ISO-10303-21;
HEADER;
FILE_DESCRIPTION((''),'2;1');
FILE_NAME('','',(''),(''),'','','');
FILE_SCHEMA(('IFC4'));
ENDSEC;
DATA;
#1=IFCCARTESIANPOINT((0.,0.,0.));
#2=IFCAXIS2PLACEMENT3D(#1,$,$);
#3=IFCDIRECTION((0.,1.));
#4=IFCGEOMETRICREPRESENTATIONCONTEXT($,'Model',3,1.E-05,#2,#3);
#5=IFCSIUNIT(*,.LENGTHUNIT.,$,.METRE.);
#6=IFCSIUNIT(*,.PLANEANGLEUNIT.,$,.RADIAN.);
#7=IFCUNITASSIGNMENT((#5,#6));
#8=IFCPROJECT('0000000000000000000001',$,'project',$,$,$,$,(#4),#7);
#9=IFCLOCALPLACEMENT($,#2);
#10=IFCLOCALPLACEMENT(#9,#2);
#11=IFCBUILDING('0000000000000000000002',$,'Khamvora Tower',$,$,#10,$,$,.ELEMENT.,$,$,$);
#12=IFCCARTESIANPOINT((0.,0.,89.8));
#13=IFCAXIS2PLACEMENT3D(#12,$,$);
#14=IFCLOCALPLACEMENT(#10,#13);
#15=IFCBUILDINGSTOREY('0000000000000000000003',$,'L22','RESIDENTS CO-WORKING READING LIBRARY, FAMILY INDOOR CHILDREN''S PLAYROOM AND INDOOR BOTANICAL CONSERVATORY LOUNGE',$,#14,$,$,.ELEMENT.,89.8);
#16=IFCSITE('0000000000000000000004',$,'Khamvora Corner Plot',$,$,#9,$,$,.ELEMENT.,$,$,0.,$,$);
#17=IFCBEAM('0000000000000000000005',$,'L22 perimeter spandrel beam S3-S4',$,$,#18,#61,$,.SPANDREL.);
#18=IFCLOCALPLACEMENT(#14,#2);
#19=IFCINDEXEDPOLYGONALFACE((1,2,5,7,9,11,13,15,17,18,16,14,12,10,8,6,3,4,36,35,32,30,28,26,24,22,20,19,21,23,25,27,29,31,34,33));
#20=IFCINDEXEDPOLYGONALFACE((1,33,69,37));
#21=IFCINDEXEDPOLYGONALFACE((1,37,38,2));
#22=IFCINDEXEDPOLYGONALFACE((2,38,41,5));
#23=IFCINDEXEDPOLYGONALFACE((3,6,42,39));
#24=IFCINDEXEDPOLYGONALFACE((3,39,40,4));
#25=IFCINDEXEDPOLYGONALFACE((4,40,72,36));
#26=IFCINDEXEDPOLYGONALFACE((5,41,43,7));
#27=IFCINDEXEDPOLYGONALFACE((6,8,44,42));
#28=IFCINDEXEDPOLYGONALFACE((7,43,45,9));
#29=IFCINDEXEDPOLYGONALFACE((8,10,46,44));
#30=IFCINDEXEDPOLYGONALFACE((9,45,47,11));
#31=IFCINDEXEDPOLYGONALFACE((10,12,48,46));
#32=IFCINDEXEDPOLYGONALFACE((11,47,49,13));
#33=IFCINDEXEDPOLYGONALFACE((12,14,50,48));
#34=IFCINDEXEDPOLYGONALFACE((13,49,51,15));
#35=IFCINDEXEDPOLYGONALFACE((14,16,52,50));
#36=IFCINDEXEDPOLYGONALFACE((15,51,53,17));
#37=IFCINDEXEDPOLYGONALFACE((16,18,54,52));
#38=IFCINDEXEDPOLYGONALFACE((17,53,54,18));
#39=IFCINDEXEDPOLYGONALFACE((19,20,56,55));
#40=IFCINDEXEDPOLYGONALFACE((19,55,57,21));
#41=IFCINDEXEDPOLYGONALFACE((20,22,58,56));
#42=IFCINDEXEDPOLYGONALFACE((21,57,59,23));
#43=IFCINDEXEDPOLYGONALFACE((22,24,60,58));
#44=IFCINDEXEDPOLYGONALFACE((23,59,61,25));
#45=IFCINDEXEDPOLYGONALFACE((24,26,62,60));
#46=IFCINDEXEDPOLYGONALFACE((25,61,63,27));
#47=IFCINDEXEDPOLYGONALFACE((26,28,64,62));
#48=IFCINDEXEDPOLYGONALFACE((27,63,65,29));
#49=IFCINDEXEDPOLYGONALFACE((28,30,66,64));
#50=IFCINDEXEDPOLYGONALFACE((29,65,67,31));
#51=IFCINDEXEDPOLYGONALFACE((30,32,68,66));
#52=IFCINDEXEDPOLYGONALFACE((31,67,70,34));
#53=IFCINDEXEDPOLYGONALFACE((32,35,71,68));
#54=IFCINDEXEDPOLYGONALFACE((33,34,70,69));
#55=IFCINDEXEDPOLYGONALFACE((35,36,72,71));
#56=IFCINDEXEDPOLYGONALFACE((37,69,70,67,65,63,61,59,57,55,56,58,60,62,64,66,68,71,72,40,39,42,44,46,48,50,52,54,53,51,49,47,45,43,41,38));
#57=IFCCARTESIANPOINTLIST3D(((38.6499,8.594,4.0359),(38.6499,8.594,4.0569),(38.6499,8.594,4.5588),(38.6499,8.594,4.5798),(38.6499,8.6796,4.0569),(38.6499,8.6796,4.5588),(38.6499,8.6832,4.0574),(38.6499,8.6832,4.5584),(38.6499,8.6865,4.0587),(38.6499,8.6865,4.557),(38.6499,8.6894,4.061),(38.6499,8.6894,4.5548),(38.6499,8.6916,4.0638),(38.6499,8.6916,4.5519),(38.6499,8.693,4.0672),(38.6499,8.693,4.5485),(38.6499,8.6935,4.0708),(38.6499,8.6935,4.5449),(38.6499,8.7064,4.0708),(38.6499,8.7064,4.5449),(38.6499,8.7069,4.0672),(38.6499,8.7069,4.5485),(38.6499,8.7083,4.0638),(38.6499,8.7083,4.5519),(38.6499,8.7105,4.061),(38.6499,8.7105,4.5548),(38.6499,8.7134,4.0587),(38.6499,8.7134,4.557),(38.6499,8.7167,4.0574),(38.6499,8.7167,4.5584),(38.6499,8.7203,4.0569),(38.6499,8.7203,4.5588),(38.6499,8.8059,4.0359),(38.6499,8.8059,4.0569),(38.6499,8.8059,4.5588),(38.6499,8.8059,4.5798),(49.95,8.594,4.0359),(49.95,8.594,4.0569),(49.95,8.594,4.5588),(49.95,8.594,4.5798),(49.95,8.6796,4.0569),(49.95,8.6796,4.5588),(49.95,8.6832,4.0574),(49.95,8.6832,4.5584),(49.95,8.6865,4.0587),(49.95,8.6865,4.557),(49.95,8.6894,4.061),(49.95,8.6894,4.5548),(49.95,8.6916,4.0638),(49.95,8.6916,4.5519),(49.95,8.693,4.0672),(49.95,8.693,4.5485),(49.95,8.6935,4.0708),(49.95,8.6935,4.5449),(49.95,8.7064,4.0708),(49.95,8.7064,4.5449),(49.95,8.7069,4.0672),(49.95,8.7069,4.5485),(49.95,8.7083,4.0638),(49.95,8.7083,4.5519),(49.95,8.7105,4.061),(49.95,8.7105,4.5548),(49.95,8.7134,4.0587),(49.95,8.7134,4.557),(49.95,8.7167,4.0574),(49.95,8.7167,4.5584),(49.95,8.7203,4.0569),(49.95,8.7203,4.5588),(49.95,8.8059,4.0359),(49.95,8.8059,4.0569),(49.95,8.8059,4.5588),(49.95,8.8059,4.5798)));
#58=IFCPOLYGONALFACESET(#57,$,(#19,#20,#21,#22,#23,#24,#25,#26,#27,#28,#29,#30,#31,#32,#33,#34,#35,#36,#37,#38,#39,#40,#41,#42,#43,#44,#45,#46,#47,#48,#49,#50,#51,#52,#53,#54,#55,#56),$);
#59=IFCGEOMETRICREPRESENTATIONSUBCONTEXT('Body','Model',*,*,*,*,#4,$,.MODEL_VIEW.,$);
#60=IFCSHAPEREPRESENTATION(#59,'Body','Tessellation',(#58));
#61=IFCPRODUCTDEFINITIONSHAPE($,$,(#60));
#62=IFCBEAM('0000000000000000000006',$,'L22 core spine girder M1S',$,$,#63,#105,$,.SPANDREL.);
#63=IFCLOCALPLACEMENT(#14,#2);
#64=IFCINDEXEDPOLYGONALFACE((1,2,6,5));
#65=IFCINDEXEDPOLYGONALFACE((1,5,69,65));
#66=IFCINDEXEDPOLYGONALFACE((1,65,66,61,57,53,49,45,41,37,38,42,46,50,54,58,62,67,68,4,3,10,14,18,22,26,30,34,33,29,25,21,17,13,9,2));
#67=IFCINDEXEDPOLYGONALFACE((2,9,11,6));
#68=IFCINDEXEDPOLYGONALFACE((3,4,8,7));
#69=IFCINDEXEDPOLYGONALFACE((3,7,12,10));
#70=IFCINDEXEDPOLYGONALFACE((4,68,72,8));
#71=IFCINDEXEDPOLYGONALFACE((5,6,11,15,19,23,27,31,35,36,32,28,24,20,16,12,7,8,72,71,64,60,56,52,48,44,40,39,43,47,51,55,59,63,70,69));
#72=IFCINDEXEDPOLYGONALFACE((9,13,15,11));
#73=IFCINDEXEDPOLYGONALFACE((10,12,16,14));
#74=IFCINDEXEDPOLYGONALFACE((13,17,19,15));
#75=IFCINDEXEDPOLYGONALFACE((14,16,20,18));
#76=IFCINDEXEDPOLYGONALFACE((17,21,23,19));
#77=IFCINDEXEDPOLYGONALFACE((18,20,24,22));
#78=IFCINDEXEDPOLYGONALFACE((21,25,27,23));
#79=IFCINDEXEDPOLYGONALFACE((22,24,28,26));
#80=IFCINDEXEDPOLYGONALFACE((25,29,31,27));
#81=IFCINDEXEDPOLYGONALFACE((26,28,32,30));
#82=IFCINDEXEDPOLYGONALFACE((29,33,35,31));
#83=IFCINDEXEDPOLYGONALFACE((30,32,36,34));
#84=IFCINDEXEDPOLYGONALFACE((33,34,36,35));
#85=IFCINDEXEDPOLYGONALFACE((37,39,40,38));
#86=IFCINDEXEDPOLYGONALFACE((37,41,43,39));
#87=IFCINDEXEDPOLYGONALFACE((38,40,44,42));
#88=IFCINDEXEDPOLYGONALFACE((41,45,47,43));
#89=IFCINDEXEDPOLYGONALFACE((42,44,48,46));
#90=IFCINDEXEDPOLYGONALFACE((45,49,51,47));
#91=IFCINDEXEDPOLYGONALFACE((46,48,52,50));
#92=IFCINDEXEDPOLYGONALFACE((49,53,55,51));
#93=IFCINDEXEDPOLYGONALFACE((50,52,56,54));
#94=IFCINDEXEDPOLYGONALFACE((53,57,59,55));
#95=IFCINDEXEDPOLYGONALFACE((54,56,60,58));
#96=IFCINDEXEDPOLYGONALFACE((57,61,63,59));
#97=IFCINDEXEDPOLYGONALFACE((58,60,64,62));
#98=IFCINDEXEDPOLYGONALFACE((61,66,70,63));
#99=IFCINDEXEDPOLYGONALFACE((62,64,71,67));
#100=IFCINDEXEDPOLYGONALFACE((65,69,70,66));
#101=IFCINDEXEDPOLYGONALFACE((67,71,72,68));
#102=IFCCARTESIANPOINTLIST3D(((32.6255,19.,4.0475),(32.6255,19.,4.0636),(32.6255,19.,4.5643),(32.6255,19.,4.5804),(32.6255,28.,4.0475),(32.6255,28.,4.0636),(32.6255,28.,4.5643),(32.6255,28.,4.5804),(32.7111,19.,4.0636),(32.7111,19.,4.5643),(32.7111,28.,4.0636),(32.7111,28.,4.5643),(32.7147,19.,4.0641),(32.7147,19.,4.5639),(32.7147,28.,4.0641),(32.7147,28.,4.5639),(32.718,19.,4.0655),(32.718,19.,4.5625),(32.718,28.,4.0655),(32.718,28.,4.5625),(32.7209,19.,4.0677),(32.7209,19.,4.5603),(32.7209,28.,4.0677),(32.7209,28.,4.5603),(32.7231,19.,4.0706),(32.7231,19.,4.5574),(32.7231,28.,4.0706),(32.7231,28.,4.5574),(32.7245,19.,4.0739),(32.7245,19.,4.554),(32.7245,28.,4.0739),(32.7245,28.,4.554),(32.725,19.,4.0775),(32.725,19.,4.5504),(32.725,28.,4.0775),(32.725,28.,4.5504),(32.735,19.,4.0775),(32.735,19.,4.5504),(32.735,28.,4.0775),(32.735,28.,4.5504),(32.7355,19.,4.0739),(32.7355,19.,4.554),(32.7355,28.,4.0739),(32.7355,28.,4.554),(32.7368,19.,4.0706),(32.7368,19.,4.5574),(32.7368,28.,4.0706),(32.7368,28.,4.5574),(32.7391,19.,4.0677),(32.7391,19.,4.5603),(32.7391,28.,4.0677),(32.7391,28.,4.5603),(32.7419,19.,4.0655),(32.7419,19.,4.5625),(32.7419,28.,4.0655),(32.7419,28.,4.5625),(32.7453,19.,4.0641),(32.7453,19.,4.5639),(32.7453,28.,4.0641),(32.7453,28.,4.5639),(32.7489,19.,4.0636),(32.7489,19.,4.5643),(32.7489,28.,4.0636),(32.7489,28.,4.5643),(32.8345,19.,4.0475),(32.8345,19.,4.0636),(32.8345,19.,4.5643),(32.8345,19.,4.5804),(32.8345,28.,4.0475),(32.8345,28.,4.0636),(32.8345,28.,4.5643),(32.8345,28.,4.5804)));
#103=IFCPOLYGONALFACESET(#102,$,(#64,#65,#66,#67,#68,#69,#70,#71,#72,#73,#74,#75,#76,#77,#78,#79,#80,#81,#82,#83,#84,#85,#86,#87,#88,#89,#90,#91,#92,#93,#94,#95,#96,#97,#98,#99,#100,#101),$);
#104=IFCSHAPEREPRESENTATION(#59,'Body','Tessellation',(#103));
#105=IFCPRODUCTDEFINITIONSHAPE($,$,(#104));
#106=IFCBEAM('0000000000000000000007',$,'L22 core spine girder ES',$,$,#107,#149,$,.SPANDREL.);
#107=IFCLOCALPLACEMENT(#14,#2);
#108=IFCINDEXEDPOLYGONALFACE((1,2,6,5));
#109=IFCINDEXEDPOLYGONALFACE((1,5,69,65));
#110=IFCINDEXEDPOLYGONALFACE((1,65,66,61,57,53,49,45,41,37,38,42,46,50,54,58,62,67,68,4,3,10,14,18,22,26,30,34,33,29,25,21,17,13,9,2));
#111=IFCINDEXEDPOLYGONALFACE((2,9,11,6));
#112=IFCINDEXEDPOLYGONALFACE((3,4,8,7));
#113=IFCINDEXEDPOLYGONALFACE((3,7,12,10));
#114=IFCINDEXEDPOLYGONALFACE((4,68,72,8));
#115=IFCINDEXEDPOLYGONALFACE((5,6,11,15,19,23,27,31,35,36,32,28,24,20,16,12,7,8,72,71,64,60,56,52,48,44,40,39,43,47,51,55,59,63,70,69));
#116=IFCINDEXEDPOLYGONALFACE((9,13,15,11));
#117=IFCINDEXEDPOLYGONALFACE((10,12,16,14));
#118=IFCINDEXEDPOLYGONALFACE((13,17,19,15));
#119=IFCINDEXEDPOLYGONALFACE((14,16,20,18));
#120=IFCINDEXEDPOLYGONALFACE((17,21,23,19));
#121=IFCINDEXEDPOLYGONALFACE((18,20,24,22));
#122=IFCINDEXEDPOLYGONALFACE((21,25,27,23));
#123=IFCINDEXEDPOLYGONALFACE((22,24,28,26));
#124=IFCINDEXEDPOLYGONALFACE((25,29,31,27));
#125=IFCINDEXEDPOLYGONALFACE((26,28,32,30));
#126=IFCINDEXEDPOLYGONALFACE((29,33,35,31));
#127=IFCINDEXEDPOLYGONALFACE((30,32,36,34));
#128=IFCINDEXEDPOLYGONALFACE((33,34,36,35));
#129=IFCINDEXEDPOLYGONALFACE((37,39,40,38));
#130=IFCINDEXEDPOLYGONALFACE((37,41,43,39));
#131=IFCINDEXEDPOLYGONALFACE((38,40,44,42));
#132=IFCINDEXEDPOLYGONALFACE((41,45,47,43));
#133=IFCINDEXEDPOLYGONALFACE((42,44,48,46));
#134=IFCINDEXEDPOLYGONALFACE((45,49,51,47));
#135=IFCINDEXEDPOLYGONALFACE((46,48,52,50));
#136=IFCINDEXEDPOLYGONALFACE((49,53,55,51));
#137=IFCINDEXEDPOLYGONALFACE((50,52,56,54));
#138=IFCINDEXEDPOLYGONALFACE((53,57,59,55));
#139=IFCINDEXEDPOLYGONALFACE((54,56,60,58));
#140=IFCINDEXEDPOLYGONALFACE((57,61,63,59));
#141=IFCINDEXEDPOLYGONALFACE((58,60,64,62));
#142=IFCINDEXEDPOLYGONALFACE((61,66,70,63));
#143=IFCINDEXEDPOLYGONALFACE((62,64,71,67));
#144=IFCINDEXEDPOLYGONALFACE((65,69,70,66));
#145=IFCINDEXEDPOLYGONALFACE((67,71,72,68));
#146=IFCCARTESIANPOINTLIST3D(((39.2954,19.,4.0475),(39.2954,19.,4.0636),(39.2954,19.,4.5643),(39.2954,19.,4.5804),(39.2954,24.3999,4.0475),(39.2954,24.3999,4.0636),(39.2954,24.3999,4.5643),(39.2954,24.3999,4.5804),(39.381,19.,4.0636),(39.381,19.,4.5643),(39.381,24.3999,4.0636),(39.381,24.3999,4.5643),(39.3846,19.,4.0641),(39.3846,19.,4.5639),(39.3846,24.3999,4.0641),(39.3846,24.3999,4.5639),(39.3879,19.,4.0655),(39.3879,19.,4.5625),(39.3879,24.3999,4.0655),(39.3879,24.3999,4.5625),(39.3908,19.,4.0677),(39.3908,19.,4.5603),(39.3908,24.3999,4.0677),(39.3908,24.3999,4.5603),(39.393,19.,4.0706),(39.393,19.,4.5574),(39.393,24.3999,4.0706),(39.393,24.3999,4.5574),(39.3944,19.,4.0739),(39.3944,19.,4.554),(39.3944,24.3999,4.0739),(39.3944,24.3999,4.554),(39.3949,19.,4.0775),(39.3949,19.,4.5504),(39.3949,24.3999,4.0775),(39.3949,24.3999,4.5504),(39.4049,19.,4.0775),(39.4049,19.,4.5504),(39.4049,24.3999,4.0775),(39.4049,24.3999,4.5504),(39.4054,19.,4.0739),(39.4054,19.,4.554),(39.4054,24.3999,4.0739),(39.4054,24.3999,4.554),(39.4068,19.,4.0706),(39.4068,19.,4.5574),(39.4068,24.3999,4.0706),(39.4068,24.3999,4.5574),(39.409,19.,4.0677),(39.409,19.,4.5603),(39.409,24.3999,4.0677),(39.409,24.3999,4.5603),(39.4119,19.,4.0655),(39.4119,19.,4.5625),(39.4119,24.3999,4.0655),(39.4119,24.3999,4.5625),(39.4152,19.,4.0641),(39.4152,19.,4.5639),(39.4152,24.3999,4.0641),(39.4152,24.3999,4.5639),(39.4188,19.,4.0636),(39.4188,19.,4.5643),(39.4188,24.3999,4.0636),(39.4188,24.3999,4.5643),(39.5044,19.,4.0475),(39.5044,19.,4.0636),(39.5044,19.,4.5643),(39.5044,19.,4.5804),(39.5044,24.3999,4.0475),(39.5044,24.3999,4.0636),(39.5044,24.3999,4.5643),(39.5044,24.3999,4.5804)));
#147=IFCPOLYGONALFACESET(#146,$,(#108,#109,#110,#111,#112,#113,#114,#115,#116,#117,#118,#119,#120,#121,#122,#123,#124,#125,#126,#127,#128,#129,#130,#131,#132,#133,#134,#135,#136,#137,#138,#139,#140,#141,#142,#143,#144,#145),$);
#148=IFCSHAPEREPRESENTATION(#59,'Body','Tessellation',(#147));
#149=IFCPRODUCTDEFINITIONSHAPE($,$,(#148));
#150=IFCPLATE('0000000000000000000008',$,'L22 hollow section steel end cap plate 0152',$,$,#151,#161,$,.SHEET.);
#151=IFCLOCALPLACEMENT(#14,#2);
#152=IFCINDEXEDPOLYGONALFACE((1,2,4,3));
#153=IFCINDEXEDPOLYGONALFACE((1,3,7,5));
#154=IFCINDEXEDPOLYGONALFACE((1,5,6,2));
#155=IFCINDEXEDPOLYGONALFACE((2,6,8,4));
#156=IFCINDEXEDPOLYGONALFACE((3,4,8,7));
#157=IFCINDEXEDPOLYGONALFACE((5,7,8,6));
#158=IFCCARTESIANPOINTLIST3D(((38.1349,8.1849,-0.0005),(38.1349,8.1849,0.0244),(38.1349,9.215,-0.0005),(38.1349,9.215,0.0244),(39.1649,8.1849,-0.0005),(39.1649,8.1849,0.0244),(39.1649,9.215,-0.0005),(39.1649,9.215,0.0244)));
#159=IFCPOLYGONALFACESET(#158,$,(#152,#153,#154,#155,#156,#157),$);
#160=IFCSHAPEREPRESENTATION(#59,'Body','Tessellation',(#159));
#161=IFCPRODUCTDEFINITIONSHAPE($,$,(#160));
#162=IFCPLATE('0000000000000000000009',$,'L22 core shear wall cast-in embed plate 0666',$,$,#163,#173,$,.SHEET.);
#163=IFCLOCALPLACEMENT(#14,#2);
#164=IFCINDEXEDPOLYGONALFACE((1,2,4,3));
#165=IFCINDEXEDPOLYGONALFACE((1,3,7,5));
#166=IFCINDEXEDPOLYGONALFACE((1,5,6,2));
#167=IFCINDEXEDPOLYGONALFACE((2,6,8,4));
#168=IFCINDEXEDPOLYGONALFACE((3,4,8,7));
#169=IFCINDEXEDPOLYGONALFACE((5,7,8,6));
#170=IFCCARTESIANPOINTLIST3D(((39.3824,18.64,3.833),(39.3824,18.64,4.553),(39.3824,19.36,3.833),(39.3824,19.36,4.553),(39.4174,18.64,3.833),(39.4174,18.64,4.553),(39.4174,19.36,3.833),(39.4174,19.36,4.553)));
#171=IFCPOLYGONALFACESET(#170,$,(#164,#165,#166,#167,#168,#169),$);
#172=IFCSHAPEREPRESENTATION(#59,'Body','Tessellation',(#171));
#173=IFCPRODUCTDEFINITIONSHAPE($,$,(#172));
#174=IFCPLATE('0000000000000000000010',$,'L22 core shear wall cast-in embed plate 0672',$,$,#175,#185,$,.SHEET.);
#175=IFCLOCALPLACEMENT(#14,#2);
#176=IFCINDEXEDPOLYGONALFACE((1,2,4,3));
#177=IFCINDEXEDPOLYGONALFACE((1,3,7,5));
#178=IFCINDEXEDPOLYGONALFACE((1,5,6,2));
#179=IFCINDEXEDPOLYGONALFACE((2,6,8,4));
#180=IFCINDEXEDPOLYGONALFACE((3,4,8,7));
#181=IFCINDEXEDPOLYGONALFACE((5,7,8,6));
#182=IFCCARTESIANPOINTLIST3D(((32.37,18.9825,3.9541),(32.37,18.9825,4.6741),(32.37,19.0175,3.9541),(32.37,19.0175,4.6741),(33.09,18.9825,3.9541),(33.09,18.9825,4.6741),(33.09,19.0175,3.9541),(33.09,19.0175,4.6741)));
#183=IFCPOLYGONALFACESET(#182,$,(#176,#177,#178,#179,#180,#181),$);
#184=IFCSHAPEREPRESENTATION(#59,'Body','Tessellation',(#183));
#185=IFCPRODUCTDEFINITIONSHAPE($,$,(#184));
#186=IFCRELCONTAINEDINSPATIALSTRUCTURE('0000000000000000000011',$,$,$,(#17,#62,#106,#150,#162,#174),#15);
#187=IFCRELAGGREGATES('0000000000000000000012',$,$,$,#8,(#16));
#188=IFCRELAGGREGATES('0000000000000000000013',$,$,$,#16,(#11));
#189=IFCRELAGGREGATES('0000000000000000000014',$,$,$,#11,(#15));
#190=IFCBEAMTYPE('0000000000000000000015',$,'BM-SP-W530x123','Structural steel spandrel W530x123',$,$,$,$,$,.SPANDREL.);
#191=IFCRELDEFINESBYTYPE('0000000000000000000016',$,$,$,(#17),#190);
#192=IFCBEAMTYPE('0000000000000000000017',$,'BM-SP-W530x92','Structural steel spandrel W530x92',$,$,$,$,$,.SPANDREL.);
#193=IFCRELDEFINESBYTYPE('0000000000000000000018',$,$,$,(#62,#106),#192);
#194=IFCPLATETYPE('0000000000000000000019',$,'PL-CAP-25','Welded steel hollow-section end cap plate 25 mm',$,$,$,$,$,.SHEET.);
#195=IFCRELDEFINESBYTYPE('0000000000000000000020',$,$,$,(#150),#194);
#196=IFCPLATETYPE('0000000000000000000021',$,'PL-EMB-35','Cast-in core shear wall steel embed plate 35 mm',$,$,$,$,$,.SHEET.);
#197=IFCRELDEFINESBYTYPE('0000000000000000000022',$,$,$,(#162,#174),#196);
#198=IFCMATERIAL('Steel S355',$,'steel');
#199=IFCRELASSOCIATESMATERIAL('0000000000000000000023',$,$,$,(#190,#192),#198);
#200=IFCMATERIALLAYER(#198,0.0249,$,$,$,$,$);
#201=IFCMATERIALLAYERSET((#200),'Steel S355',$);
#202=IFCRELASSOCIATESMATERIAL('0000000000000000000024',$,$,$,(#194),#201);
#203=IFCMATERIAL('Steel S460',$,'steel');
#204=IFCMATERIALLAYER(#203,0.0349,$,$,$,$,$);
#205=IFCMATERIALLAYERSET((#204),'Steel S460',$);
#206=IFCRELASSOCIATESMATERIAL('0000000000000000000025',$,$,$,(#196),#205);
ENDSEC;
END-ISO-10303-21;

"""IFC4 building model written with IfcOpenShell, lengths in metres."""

from ifc_helpers import new_model, si_unit, direction, frame, origin, origin_2d, place, context, subcontext, project, spatial, rectangle, i_section, extrude, material, layer, layer_set, material_profile, profile_set, type_object, element, save


model = new_model("IFC4")

# Units and contexts
model_context = context("Model", 3, precision=1e-05, world=origin(), true_north=direction((0.0, 1.0)))
body_context = subcontext(model_context, "Body", "Model", "MODEL_VIEW")
ifc_project = project(units=[si_unit("LENGTHUNIT", "METRE"), si_unit("PLANEANGLEUNIT", "RADIAN")], contexts=[model_context])

# Site, building, storey
site_placement = place(None, origin())
site = spatial("IfcSite", under=ifc_project, at=site_placement, Name="Khamvora Corner Plot", CompositionType="ELEMENT", RefElevation=0.0)
building_placement = place(site_placement, origin())
building = spatial("IfcBuilding", under=site, at=building_placement, Name="Khamvora Tower", CompositionType="ELEMENT")
storey_placement = place(building_placement, frame((0.0, 0.0, 89.8)))
storey = spatial("IfcBuildingStorey", under=building, at=storey_placement, Name="L22", Description="RESIDENTS CO-WORKING READING LIBRARY, FAMILY INDOOR CHILDREN'S PLAYROOM AND INDOOR BOTANICAL CONSERVATORY LOUNGE", CompositionType="ELEMENT", Elevation=89.8)

# Shared definitions
ifc_material_1 = material(Name="Steel S355", Category="steel")
ifc_material_2 = material(Name="Steel S460", Category="steel")

# Beams
ifc_material_profile_1 = material_profile(ifc_material_1, i_section(OverallWidth=0.2119, OverallDepth=0.5439, WebThickness=0.0129, FlangeThickness=0.021, FilletRadius=0.0139, at=origin_2d()), Name="W530x123")
ifc_profile_set_1 = profile_set([ifc_material_profile_1], Name="Steel S355")
beam_type_1 = type_object("IfcBeamType", Name="BM-SP-W530x123", Description="Structural steel spandrel W530x123", PredefinedType="SPANDREL", material=ifc_profile_set_1)
beam_1_placement = place(storey_placement, frame((38.6499, 8.7, 4.3079), z_axis=(1.0, 0.0, 0.0), x_axis=(0.0, 1.0, 0.0)))
element("IfcBeam", 1, at=beam_1_placement, inside=storey, type_object=beam_type_1, Name="L22 perimeter spandrel beam S3-S4", PredefinedType="SPANDREL", context=body_context, shape_type="SweptSolid", body=[
    extrude(i_section(OverallWidth=0.2119, OverallDepth=0.5439, WebThickness=0.0129, FlangeThickness=0.021, FilletRadius=0.0139, at=origin_2d()), origin(), (0.0, 0.0, 1.0), 11.3),
])
ifc_material_profile_2 = material_profile(ifc_material_1, i_section(OverallWidth=0.209, OverallDepth=0.533, WebThickness=0.01, FlangeThickness=0.0161, FilletRadius=0.0139, at=origin_2d()), Name="W530x92")
ifc_profile_set_2 = profile_set([ifc_material_profile_2], Name="Steel S355")
beam_type_2 = type_object("IfcBeamType", Name="BM-SP-W530x92", Description="Structural steel spandrel W530x92", PredefinedType="SPANDREL", material=ifc_profile_set_2)
beam_2_placement = place(storey_placement, frame((32.73, 19.0, 4.314), z_axis=(0.0, 1.0, 0.0), x_axis=(-1.0, 0.0, 0.0)))
element("IfcBeam", 2, at=beam_2_placement, inside=storey, type_object=beam_type_2, Name="L22 core spine girder M1S", PredefinedType="SPANDREL", context=body_context, shape_type="SweptSolid", body=[
    extrude(i_section(OverallWidth=0.209, OverallDepth=0.533, WebThickness=0.01, FlangeThickness=0.0161, FilletRadius=0.0139, at=origin_2d()), origin(), (0.0, 0.0, 1.0), 9.0),
])
beam_3_placement = place(storey_placement, frame((39.3999, 19.0, 4.314), z_axis=(0.0, 1.0, 0.0), x_axis=(-1.0, 0.0, 0.0)))
element("IfcBeam", 3, at=beam_3_placement, inside=storey, type_object=beam_type_2, Name="L22 core spine girder ES", PredefinedType="SPANDREL", context=body_context, shape_type="SweptSolid", body=[
    extrude(i_section(OverallWidth=0.209, OverallDepth=0.533, WebThickness=0.01, FlangeThickness=0.0161, FilletRadius=0.0139, at=origin_2d()), origin(), (0.0, 0.0, 1.0), 5.3999),
])

# Plates
ifc_layer_1 = layer(ifc_material_1, 0.0249)
ifc_layer_set_1 = layer_set([ifc_layer_1], Name="Steel S355")
plate_type_1 = type_object("IfcPlateType", Name="PL-CAP-25", Description="Welded steel hollow-section end cap plate 25 mm", PredefinedType="SHEET", material=ifc_layer_set_1)
plate_1_placement = place(storey_placement, frame((38.6499, 8.7, -0.0005), z_axis=(0.0, 0.0, 1.0), x_axis=(1.0, 0.0, 0.0)))
element("IfcPlate", 4, at=plate_1_placement, inside=storey, type_object=plate_type_1, Name="L22 hollow section steel end cap plate 0152", PredefinedType="SHEET", context=body_context, shape_type="SweptSolid", body=[
    extrude(rectangle(XDim=1.03, YDim=1.03, at=origin_2d()), origin(), (0.0, 0.0, 1.0), 0.0249),
])
ifc_layer_2 = layer(ifc_material_2, 0.0349)
ifc_layer_set_2 = layer_set([ifc_layer_2], Name="Steel S460")
plate_type_2 = type_object("IfcPlateType", Name="PL-EMB-35", Description="Cast-in core shear wall steel embed plate 35 mm", PredefinedType="SHEET", material=ifc_layer_set_2)
plate_2_placement = place(storey_placement, frame((39.3999, 19.0, 3.833), z_axis=(0.0, 0.0, 1.0), x_axis=(1.0, 0.0, 0.0)))
element("IfcPlate", 5, at=plate_2_placement, inside=storey, type_object=plate_type_2, Name="L22 core shear wall cast-in embed plate 0666", PredefinedType="SHEET", context=body_context, shape_type="SweptSolid", body=[
    extrude(rectangle(XDim=0.0349, YDim=0.72, at=origin_2d()), origin(), (0.0, 0.0, 1.0), 0.72),
])
plate_3_placement = place(storey_placement, frame((32.73, 19.0, 3.9541), z_axis=(0.0, 0.0, 1.0), x_axis=(1.0, 0.0, 0.0)))
element("IfcPlate", 6, at=plate_3_placement, inside=storey, type_object=plate_type_2, Name="L22 core shear wall cast-in embed plate 0672", PredefinedType="SHEET", context=body_context, shape_type="SweptSolid", body=[
    extrude(rectangle(XDim=0.72, YDim=0.0349, at=origin_2d()), origin(), (0.0, 0.0, 1.0), 0.72),
])

save(model, "model.ifc")
